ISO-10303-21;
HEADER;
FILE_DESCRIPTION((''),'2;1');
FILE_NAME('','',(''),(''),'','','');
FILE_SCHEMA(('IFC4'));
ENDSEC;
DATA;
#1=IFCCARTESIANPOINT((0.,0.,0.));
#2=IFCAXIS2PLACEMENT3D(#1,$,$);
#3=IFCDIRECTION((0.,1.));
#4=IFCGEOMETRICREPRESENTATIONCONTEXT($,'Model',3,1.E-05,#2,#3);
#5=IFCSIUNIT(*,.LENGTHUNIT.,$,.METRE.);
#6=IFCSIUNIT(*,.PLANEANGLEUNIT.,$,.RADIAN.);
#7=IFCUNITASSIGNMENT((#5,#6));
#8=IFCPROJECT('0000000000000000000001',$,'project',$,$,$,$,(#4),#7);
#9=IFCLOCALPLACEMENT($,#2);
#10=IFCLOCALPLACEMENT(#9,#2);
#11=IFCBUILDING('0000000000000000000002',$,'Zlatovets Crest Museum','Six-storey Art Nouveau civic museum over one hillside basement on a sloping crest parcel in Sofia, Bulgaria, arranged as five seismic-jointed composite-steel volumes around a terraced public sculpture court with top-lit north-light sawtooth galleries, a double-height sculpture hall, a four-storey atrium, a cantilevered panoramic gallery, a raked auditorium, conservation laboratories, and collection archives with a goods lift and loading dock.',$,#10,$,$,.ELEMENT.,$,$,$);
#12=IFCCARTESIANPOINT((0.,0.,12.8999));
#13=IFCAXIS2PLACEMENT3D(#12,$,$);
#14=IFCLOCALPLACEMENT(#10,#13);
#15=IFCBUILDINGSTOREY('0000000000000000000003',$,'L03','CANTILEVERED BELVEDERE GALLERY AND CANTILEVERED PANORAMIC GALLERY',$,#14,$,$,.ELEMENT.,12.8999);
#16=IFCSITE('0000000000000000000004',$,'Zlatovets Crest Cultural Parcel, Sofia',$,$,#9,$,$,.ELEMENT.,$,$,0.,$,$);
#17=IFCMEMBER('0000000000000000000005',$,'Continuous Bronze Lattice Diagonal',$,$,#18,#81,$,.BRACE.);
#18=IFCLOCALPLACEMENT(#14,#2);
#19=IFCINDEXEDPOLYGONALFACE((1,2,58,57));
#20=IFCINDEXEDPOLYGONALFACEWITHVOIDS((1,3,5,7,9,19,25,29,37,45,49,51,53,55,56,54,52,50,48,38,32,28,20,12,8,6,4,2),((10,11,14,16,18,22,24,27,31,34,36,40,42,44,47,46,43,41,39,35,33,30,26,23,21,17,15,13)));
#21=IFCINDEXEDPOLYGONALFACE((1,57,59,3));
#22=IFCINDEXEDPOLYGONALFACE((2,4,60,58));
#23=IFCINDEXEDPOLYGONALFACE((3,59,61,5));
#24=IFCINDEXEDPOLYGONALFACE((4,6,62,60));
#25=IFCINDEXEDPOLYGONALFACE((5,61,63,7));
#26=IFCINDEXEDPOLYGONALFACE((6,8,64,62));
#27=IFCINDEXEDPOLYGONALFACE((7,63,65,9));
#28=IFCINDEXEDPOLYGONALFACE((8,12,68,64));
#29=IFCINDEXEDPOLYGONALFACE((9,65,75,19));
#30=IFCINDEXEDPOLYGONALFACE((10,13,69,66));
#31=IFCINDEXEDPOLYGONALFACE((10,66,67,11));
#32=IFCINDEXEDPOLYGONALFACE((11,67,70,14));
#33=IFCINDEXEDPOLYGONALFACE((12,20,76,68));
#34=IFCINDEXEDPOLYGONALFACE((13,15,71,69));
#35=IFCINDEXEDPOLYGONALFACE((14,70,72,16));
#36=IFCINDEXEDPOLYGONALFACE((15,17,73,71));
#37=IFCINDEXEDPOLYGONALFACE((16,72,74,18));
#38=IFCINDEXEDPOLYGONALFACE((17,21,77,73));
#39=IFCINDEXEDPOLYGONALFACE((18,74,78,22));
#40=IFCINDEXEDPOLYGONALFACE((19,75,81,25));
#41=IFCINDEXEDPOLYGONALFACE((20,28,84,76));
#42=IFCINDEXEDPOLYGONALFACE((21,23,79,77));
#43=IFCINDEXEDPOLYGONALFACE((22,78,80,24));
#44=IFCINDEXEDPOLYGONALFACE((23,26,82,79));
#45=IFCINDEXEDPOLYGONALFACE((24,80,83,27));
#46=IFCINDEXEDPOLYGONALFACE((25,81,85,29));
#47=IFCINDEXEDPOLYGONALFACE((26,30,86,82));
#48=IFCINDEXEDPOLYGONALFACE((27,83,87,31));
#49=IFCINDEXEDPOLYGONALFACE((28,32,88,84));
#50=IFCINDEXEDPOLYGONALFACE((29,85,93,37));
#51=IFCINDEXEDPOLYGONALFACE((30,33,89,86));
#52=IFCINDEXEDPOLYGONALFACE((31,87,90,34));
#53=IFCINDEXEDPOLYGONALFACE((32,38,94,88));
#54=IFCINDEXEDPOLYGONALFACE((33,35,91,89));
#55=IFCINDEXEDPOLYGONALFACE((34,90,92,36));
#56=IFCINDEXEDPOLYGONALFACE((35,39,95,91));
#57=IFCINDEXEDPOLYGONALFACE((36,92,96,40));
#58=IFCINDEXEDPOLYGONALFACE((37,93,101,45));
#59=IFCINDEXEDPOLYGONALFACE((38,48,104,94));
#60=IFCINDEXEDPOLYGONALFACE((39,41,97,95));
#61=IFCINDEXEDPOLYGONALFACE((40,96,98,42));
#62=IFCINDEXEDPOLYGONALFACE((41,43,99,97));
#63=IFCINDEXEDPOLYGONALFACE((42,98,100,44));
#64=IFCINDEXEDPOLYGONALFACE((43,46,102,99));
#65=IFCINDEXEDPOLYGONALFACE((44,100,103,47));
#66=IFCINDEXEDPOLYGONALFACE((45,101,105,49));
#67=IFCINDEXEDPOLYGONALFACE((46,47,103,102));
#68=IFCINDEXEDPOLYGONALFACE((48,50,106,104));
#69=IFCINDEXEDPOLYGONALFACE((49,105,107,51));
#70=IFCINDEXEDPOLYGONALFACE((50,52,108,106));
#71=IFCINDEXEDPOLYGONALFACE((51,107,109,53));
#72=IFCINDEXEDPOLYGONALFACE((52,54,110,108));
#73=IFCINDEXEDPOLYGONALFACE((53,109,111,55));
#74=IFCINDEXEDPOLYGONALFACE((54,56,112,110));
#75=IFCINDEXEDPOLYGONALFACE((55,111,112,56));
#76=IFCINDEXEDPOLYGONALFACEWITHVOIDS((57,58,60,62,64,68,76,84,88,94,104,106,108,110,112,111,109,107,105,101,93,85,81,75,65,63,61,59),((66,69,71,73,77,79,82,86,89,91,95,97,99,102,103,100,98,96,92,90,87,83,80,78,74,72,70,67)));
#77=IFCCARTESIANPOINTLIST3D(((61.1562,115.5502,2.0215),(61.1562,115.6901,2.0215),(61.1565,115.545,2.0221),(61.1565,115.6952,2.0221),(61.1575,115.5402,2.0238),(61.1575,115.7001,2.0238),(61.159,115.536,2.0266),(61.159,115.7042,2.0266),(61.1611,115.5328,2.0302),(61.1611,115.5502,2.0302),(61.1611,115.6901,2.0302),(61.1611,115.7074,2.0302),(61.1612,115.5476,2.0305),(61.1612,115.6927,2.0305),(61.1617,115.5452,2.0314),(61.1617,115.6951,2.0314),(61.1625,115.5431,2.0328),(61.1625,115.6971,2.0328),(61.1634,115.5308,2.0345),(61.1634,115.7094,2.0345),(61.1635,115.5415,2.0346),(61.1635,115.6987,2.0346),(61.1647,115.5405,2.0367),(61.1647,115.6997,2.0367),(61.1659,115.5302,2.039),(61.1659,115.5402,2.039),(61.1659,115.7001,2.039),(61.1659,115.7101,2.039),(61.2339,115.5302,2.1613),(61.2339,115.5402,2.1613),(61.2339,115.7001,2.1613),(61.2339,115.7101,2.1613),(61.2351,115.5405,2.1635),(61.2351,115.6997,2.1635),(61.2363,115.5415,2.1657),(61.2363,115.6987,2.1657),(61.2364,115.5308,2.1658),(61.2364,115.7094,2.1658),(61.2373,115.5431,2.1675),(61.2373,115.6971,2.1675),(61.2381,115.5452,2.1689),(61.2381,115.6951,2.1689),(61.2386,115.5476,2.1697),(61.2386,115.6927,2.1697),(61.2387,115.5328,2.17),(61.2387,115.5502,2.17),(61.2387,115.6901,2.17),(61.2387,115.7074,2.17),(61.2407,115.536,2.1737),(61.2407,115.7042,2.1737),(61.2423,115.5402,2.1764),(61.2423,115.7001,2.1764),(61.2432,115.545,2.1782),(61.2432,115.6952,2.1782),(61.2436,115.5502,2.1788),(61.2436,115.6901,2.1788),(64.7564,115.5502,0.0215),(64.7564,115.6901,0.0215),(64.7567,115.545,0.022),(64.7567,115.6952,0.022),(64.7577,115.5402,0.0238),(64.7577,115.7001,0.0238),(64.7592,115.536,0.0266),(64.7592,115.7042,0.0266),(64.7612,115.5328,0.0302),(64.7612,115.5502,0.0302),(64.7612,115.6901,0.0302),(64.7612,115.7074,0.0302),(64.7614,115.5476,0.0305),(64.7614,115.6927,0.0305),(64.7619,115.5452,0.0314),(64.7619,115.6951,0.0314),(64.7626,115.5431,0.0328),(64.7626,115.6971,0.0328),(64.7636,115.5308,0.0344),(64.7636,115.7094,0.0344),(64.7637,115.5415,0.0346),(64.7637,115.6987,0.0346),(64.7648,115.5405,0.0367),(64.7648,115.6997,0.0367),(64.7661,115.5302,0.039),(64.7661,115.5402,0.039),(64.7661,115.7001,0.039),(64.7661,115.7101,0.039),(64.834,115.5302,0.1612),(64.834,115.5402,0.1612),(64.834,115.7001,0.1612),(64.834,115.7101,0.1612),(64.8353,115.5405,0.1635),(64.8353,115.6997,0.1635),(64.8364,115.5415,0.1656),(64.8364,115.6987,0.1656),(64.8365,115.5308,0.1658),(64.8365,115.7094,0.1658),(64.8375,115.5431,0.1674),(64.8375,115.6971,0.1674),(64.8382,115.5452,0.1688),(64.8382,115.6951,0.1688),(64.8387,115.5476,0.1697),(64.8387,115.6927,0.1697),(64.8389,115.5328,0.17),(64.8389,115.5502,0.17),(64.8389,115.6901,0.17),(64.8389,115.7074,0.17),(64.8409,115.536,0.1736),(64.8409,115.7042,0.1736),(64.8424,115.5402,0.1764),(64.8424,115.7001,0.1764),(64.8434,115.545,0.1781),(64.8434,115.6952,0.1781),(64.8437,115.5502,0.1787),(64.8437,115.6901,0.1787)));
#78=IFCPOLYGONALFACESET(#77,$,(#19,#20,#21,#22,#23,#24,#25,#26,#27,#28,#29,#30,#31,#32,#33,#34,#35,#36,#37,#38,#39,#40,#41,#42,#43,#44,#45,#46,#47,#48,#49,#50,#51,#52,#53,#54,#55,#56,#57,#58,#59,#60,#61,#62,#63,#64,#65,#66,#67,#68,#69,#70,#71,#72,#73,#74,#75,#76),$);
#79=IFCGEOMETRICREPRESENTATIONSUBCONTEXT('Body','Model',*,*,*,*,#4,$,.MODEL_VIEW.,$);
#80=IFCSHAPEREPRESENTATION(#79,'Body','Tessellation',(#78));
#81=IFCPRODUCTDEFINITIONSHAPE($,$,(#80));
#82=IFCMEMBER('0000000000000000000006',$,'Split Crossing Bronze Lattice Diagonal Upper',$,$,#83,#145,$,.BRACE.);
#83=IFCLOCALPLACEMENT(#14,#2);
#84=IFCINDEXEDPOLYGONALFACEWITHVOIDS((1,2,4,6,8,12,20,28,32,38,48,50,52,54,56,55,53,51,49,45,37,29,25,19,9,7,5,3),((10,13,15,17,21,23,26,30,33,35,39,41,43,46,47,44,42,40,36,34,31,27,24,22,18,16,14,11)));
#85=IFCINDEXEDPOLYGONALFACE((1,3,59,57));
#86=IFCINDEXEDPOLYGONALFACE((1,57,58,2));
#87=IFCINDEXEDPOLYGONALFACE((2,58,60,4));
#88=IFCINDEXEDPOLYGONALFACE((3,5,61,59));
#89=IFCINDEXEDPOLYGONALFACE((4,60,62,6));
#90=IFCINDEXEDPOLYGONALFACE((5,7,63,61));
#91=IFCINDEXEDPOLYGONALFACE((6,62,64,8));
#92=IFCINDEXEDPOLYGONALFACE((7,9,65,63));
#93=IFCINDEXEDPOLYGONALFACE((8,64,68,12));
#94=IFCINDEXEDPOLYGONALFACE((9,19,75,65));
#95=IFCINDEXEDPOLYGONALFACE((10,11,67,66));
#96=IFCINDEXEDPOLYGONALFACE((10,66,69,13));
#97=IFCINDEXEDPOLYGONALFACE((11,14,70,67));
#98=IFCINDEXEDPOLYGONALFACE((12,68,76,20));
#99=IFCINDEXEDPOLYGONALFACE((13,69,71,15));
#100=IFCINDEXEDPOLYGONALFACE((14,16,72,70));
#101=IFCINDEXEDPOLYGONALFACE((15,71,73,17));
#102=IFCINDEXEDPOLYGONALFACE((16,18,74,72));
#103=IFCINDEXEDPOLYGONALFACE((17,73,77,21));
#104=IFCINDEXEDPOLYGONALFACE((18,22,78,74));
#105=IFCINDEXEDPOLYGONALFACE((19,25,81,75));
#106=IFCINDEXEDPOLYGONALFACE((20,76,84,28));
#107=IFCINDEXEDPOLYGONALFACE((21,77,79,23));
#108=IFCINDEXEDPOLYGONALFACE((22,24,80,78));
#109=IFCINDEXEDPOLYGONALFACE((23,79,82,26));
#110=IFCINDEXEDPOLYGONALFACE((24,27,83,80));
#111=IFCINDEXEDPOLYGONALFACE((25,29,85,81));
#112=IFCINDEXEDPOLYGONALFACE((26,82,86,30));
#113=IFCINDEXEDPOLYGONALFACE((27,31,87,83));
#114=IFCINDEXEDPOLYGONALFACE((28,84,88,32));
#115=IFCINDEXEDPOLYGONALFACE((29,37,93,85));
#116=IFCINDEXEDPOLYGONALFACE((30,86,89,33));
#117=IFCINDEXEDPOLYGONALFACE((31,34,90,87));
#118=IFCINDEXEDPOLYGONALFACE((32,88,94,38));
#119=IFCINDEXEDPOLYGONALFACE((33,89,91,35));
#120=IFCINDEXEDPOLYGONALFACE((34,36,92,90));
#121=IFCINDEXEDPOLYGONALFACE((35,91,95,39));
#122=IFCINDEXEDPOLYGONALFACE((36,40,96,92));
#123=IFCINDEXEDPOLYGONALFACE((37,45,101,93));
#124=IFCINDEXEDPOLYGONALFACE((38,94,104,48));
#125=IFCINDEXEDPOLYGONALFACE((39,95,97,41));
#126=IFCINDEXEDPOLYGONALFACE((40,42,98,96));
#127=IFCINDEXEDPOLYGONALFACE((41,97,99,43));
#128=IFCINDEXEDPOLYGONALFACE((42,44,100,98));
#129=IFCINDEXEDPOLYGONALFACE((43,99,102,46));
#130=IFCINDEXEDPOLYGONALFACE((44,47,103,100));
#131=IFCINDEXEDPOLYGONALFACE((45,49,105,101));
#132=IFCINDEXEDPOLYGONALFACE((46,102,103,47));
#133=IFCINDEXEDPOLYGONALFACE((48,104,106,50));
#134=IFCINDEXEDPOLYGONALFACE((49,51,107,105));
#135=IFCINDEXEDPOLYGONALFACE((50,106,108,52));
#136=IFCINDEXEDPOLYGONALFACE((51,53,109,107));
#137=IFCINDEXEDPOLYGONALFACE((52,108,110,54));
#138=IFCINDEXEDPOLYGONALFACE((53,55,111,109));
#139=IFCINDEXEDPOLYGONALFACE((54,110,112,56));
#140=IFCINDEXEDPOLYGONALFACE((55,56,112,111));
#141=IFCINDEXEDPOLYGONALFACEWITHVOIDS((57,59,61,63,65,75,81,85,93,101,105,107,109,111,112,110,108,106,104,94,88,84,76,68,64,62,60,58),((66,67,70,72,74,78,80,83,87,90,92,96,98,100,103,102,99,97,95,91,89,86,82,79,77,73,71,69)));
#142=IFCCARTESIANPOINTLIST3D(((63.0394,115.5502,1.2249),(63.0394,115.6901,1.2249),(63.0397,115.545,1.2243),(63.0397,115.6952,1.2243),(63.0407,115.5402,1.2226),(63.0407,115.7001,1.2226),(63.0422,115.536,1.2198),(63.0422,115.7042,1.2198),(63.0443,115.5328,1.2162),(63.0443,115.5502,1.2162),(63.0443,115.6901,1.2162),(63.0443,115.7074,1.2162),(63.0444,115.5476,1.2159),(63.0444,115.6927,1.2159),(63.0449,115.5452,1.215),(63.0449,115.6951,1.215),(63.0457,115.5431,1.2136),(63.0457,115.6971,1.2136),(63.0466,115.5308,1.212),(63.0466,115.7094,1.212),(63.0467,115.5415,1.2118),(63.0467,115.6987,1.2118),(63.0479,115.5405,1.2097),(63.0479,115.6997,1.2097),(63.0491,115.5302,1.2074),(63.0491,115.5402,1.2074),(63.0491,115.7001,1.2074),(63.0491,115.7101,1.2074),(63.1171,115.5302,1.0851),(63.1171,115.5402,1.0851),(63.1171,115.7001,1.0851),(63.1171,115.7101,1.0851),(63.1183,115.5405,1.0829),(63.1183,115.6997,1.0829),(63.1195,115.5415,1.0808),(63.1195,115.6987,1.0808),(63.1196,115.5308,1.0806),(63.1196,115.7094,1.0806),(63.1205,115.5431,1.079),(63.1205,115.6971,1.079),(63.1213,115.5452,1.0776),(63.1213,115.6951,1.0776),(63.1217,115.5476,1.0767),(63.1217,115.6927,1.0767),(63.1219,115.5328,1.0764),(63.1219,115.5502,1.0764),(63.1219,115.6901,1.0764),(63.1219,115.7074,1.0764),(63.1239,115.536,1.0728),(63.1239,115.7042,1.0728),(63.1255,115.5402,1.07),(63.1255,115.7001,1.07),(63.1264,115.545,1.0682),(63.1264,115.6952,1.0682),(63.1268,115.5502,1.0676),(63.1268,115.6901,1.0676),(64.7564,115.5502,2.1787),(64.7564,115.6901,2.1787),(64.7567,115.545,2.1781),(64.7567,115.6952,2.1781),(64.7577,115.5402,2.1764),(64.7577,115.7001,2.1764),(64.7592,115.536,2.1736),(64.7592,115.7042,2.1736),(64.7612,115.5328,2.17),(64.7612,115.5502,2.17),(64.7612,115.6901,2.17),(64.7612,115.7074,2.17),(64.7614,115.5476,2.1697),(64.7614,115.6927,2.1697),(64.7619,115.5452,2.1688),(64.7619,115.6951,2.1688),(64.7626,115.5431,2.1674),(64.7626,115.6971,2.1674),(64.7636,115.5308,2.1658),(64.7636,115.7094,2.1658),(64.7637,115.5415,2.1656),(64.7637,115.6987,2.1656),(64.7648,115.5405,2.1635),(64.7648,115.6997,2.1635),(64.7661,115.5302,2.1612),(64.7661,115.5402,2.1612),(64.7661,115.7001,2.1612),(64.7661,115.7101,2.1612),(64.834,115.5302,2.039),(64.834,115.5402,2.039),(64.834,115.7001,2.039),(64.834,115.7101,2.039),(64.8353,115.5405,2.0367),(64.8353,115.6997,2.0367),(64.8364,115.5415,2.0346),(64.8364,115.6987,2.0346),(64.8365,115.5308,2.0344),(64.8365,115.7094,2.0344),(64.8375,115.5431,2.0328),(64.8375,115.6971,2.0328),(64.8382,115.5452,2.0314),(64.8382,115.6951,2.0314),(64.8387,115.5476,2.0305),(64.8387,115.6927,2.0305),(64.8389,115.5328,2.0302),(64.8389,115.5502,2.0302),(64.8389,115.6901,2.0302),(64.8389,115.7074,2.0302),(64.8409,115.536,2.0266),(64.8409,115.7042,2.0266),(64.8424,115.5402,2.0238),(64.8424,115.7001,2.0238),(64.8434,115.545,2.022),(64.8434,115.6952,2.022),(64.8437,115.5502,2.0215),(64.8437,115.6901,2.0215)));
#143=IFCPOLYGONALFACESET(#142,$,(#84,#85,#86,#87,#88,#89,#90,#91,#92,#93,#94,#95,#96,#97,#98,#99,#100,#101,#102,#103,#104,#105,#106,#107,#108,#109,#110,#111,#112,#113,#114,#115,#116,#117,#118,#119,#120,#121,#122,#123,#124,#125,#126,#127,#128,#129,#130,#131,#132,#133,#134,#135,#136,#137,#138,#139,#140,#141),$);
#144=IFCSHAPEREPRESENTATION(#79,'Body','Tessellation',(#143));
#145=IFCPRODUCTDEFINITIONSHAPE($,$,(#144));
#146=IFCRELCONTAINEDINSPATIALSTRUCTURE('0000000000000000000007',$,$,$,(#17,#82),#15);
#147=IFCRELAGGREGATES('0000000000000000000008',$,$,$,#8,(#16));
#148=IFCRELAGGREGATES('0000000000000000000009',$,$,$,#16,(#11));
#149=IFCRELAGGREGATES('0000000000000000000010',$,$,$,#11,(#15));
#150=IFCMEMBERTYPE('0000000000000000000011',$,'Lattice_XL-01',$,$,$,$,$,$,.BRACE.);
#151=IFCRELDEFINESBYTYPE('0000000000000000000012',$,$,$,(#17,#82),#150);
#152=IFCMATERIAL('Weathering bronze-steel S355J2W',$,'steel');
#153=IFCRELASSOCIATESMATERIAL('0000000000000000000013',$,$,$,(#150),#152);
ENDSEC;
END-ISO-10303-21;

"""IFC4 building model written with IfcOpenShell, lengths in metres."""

from ifc_helpers import new_model, si_unit, direction, frame, origin, origin_2d, place, context, subcontext, project, spatial, hollow_rectangle, extrude, material, material_profile, profile_set, type_object, element, save


model = new_model("IFC4")

# Units and contexts
model_context = context("Model", 3, precision=1e-05, world=origin(), true_north=direction((0.0, 1.0)))
body_context = subcontext(model_context, "Body", "Model", "MODEL_VIEW")
ifc_project = project(units=[si_unit("LENGTHUNIT", "METRE"), si_unit("PLANEANGLEUNIT", "RADIAN")], contexts=[model_context])

# Site, building, storey
site_placement = place(None, origin())
site = spatial("IfcSite", under=ifc_project, at=site_placement, Name="Zlatovets Crest Cultural Parcel, Sofia", CompositionType="ELEMENT", RefElevation=0.0)
building_placement = place(site_placement, origin())
building = spatial("IfcBuilding", under=site, at=building_placement, Name="Zlatovets Crest Museum", Description="Six-storey Art Nouveau civic museum over one hillside basement on a sloping crest parcel in Sofia, Bulgaria, arranged as five seismic-jointed composite-steel volumes around a terraced public sculpture court with top-lit north-light sawtooth galleries, a double-height sculpture hall, a four-storey atrium, a cantilevered panoramic gallery, a raked auditorium, conservation laboratories, and collection archives with a goods lift and loading dock.", CompositionType="ELEMENT")
storey_placement = place(building_placement, frame((0.0, 0.0, 12.8999)))
storey = spatial("IfcBuildingStorey", under=building, at=storey_placement, Name="L03", Description="CANTILEVERED BELVEDERE GALLERY AND CANTILEVERED PANORAMIC GALLERY", CompositionType="ELEMENT", Elevation=12.8999)

# Members
ifc_material_1 = material(Name="Weathering bronze-steel S355J2W", Category="steel")
ifc_material_profile_1 = material_profile(ifc_material_1, hollow_rectangle(XDim=0.1799, YDim=0.1799, WallThickness=0.01, InnerFilletRadius=0.01, OuterFilletRadius=0.02, at=origin_2d()), Name="SHS 180x180x10.0")
ifc_profile_set_1 = profile_set([ifc_material_profile_1], Name="Weathering bronze-steel S355J2W")
member_type_1 = type_object("IfcMemberType", Name="Lattice_XL-01", PredefinedType="BRACE", material=ifc_profile_set_1)
member_1_placement = place(storey_placement, frame((64.8, 115.6201, 0.1001), z_axis=(-0.874163, 0.0, 0.485633), x_axis=(0.0, -1.0, 0.0)))
element("IfcMember", 1, at=member_1_placement, inside=storey, type_object=member_type_1, Name="Continuous Bronze Lattice Diagonal", PredefinedType="BRACE", context=body_context, shape_type="SweptSolid", body=[
    extrude(hollow_rectangle(XDim=0.1799, YDim=0.1799, WallThickness=0.01, InnerFilletRadius=0.01, OuterFilletRadius=0.02, at=origin_2d()), origin(), (0.0, 0.0, 1.0), 4.1184),
])
member_2_placement = place(storey_placement, frame((64.8, 115.6201, 2.1001), z_axis=(-0.874169, 0.0, -0.485622), x_axis=(0.0, -1.0, 0.0)))
element("IfcMember", 2, at=member_2_placement, inside=storey, type_object=member_type_1, Name="Split Crossing Bronze Lattice Diagonal Upper", PredefinedType="BRACE", context=body_context, shape_type="SweptSolid", body=[
    extrude(hollow_rectangle(XDim=0.1799, YDim=0.1799, WallThickness=0.01, InnerFilletRadius=0.01, OuterFilletRadius=0.02, at=origin_2d()), origin(), (0.0, 0.0, 1.0), 1.9641),
])

save(model, "model.ifc")
